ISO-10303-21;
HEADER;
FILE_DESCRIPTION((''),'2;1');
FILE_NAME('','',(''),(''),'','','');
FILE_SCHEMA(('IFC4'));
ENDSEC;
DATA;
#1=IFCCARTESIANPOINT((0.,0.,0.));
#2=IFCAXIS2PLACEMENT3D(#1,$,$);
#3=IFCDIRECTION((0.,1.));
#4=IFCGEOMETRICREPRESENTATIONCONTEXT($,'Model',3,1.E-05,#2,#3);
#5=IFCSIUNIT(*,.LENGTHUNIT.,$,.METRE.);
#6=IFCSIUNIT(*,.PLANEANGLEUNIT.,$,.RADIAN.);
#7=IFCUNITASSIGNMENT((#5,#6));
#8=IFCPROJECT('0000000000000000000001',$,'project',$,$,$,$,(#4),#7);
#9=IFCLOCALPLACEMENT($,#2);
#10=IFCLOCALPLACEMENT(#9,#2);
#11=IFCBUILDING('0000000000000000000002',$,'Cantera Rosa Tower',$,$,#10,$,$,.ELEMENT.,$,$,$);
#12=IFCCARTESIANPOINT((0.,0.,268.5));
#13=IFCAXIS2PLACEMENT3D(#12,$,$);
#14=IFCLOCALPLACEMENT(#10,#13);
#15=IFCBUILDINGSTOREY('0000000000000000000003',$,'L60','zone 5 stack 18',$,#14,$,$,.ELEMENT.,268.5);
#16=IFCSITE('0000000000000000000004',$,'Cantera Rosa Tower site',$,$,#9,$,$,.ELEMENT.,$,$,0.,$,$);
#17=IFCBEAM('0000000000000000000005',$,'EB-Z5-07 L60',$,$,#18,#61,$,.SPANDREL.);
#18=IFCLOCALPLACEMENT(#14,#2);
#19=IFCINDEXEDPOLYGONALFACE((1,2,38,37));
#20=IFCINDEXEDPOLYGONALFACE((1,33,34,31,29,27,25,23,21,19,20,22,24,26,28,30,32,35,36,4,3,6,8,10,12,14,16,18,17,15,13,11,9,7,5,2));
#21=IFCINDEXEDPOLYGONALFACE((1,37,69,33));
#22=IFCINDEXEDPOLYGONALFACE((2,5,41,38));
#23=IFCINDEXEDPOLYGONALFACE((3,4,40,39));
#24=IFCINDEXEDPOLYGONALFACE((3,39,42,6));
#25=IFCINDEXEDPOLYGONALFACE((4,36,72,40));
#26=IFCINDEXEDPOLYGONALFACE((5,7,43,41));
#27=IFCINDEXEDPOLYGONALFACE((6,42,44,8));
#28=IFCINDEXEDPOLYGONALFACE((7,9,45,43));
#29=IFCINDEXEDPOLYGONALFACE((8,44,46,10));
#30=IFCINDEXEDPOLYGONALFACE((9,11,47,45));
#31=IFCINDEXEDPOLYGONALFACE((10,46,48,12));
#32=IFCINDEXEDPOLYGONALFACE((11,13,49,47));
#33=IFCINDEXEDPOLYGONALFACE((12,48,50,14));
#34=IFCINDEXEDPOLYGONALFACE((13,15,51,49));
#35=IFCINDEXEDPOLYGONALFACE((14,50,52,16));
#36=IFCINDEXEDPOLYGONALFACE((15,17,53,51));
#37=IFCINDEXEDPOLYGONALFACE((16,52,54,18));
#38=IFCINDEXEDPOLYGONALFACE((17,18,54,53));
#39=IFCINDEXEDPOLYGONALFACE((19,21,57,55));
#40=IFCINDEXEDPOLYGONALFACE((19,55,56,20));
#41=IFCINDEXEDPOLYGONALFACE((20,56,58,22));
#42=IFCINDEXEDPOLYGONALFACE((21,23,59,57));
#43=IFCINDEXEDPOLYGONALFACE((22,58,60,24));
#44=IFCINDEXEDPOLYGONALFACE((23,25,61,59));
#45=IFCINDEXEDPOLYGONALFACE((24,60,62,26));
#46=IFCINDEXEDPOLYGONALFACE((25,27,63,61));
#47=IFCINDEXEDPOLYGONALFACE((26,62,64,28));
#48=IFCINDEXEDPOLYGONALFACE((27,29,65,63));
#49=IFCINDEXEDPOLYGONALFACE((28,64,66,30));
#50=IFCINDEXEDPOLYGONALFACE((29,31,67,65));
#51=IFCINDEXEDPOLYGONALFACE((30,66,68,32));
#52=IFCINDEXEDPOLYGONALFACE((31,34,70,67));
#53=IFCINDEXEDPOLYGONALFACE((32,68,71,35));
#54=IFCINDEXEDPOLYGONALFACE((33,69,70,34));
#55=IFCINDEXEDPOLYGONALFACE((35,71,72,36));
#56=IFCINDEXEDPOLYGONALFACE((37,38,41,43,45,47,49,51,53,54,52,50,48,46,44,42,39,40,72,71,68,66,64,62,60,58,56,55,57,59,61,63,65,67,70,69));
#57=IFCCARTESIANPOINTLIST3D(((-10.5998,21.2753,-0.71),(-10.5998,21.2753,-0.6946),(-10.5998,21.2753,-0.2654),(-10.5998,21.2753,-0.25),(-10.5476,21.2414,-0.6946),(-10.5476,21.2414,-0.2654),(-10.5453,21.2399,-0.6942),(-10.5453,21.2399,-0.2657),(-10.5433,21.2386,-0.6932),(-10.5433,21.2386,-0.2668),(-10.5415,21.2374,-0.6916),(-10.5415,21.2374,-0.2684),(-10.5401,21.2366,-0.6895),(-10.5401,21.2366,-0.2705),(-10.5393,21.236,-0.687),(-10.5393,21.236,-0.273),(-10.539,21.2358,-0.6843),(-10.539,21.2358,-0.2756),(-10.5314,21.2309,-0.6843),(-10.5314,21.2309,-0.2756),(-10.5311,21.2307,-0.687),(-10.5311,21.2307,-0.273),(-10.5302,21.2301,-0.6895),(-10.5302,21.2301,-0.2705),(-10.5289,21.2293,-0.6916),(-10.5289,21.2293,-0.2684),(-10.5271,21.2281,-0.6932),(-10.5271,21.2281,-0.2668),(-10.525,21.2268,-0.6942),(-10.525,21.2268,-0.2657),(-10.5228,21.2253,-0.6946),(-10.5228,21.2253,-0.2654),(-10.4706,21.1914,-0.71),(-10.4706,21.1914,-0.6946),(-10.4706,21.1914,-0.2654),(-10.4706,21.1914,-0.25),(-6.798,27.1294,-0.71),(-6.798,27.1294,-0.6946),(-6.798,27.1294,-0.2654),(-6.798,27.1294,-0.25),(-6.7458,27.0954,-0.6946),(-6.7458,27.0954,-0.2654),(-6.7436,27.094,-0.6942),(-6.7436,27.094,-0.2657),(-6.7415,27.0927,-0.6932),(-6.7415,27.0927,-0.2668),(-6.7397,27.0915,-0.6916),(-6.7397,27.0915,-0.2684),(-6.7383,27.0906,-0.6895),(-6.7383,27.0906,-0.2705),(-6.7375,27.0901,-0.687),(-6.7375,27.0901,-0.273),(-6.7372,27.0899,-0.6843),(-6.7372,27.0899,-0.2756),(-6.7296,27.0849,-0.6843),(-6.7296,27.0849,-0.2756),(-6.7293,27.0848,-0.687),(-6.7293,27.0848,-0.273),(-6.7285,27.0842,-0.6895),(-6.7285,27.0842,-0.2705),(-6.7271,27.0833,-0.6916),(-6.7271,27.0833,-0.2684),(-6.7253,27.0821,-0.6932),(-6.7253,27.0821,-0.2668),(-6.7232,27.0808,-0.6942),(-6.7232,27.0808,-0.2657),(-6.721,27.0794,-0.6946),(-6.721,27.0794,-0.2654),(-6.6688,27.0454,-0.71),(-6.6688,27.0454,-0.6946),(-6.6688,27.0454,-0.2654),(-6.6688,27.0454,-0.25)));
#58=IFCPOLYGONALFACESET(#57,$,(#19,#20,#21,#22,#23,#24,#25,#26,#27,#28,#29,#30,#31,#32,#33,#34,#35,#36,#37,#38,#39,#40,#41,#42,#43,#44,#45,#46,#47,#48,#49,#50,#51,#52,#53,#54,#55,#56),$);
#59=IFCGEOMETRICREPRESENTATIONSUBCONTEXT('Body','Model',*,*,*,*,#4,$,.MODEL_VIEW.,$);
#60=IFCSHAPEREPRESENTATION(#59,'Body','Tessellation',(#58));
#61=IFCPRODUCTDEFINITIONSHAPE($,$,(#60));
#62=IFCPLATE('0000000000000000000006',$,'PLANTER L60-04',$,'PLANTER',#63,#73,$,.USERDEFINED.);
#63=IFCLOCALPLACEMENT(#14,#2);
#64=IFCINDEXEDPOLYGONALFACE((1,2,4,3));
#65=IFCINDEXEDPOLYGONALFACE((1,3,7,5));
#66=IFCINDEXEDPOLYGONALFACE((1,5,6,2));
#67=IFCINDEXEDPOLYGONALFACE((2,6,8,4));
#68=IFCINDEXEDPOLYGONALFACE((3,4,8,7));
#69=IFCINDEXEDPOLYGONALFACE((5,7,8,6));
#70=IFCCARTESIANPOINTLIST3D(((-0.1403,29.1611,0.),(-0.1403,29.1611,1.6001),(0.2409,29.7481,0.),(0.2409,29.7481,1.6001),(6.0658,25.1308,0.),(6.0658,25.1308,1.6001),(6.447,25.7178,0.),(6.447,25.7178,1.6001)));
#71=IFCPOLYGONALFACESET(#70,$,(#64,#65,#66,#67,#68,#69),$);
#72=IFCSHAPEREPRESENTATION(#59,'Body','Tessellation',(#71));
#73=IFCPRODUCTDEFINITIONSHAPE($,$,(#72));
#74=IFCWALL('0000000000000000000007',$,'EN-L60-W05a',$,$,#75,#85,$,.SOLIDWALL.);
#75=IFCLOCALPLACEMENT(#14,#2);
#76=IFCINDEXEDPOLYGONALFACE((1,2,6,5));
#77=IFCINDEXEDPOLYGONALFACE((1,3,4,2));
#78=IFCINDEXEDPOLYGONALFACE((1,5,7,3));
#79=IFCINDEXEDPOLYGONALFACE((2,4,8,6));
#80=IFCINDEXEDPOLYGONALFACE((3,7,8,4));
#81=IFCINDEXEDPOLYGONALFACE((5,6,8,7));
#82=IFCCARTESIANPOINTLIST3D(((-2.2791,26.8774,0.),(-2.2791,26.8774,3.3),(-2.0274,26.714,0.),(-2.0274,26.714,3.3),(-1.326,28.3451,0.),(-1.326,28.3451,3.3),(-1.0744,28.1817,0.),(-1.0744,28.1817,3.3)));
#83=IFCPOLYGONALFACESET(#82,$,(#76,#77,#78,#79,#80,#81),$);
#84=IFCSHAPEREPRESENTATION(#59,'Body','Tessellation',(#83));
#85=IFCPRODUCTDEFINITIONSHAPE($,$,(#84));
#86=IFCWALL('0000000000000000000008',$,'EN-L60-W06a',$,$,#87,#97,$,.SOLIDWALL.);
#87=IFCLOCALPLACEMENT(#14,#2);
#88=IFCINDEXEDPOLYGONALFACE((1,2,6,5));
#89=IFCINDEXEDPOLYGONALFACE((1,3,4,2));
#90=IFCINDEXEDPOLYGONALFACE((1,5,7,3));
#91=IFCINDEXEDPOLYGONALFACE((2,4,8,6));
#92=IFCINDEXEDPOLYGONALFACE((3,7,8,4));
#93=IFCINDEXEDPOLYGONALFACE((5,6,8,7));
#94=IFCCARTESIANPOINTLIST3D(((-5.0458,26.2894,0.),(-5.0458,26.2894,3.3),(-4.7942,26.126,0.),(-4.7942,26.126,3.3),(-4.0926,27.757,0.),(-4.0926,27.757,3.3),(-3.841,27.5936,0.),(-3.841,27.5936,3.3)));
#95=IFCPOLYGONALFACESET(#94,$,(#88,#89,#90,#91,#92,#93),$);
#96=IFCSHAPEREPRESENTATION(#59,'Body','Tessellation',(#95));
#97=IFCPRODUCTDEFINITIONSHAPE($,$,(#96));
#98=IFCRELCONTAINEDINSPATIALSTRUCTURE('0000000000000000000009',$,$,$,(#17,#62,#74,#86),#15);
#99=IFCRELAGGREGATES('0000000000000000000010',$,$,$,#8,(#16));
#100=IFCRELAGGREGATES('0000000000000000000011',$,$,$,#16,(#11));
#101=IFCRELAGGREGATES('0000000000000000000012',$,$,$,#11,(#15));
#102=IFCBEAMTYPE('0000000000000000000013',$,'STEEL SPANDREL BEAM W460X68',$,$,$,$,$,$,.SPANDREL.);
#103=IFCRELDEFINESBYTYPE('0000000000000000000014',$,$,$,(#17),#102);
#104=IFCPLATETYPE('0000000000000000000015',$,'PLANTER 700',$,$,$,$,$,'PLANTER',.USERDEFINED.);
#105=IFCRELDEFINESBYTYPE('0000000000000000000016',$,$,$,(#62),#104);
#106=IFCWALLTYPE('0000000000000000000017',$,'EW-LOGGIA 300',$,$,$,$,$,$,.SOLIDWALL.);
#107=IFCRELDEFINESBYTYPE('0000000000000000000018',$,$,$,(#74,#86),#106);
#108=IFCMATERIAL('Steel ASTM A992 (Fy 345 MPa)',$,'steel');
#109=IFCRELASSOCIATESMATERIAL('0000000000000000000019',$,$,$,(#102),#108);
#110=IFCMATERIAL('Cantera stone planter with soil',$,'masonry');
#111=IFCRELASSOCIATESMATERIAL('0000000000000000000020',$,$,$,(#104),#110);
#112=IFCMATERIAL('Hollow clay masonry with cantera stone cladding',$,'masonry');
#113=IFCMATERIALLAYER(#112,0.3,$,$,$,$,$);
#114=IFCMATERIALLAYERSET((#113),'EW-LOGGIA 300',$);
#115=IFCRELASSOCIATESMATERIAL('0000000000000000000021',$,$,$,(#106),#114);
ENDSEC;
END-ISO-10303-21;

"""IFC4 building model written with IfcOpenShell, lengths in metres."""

from ifc_helpers import new_model, si_unit, direction, frame, frame_2d, origin, origin_2d, place, context, subcontext, project, spatial, rectangle, i_section, extrude, material, layer, layer_set, material_profile, profile_set, type_object, element, save


model = new_model("IFC4")

# Units and contexts
model_context = context("Model", 3, precision=1e-05, world=origin(), true_north=direction((0.0, 1.0)))
body_context = subcontext(model_context, "Body", "Model", "MODEL_VIEW")
ifc_project = project(units=[si_unit("LENGTHUNIT", "METRE"), si_unit("PLANEANGLEUNIT", "RADIAN")], contexts=[model_context])

# Site, building, storey
site_placement = place(None, origin())
site = spatial("IfcSite", under=ifc_project, at=site_placement, Name="Cantera Rosa Tower site", CompositionType="ELEMENT", RefElevation=0.0)
building_placement = place(site_placement, origin())
building = spatial("IfcBuilding", under=site, at=building_placement, Name="Cantera Rosa Tower", CompositionType="ELEMENT")
storey_placement = place(building_placement, frame((0.0, 0.0, 268.5)))
storey = spatial("IfcBuildingStorey", under=building, at=storey_placement, Name="L60", Description="zone 5 stack 18", CompositionType="ELEMENT", Elevation=268.5)

# Beam
ifc_material_1 = material(Name="Steel ASTM A992 (Fy 345 MPa)", Category="steel")
ifc_material_profile_1 = material_profile(ifc_material_1, i_section(OverallWidth=0.1541, OverallDepth=0.46, WebThickness=0.009, FlangeThickness=0.0154, FilletRadius=0.0103, at=origin_2d()), Name="W460X68")
ifc_profile_set_1 = profile_set([ifc_material_profile_1], Name="Steel ASTM A992 (Fy 345 MPa)")
beam_type_1 = type_object("IfcBeamType", Name="STEEL SPANDREL BEAM W460X68", PredefinedType="SPANDREL", material=ifc_profile_set_1)
beam_1_placement = place(storey_placement, frame((-6.7334, 27.0874, -0.48), z_axis=(-0.544651, -0.838663, 0.0), x_axis=(0.838663, -0.544651, 0.0)))
element("IfcBeam", 1, at=beam_1_placement, inside=storey, type_object=beam_type_1, Name="EB-Z5-07 L60", PredefinedType="SPANDREL", context=body_context, shape_type="SweptSolid", body=[
    extrude(i_section(OverallWidth=0.1541, OverallDepth=0.46, WebThickness=0.009, FlangeThickness=0.0154, FilletRadius=0.0103, at=origin_2d()), origin(), (0.0, 0.0, 1.0), 6.9802),
])

# Plate
ifc_material_2 = material(Name="Cantera stone planter with soil", Category="masonry")
plate_type = type_object("IfcPlateType", Name="PLANTER 700", ElementType="PLANTER", PredefinedType="USERDEFINED", material=ifc_material_2)
plate_placement = place(storey_placement, frame((3.1533, 27.4395, 0.0), z_axis=(0.0, 0.0, 1.0), x_axis=(-0.838671, 0.544639, 0.0)))
element("IfcPlate", 2, at=plate_placement, inside=storey, type_object=plate_type, Name="PLANTER L60-04", ObjectType="PLANTER", PredefinedType="USERDEFINED", context=body_context, shape_type="SweptSolid", body=[
    extrude(rectangle(XDim=7.3999, YDim=0.7, at=origin_2d()), origin(), (0.0, 0.0, 1.0), 1.6001),
])

# Walls
ifc_material_3 = material(Name="Hollow clay masonry with cantera stone cladding", Category="masonry")
ifc_layer_1 = layer(ifc_material_3, 0.3)
ifc_layer_set_1 = layer_set([ifc_layer_1], Name="EW-LOGGIA 300")
wall_type_1 = type_object("IfcWallType", Name="EW-LOGGIA 300", PredefinedType="SOLIDWALL", material=ifc_layer_set_1)
for number, where, z_axis, x_axis, name in (
    (3, (-1.2002, 28.2634, 0.0), (0.0, 0.0, 1.0), (-0.544616, -0.838686, 0.0), "EN-L60-W05a"),
    (4, (-3.9668, 27.6753, 0.0), (0.0, 0.0, 1.0), (-0.544679, -0.838644, 0.0), "EN-L60-W06a"),
):
    element("IfcWall", number, at=place(storey_placement, frame(where, z_axis=z_axis, x_axis=x_axis)), inside=storey, type_object=wall_type_1, Name=name, PredefinedType="SOLIDWALL", context=body_context, shape_type="SweptSolid", body=[
        extrude(rectangle(XDim=1.75, YDim=0.3, at=frame_2d((0.875, 0.0))), origin(), (0.0, 0.0, 1.0), 3.3),
    ])

save(model, "model.ifc")
